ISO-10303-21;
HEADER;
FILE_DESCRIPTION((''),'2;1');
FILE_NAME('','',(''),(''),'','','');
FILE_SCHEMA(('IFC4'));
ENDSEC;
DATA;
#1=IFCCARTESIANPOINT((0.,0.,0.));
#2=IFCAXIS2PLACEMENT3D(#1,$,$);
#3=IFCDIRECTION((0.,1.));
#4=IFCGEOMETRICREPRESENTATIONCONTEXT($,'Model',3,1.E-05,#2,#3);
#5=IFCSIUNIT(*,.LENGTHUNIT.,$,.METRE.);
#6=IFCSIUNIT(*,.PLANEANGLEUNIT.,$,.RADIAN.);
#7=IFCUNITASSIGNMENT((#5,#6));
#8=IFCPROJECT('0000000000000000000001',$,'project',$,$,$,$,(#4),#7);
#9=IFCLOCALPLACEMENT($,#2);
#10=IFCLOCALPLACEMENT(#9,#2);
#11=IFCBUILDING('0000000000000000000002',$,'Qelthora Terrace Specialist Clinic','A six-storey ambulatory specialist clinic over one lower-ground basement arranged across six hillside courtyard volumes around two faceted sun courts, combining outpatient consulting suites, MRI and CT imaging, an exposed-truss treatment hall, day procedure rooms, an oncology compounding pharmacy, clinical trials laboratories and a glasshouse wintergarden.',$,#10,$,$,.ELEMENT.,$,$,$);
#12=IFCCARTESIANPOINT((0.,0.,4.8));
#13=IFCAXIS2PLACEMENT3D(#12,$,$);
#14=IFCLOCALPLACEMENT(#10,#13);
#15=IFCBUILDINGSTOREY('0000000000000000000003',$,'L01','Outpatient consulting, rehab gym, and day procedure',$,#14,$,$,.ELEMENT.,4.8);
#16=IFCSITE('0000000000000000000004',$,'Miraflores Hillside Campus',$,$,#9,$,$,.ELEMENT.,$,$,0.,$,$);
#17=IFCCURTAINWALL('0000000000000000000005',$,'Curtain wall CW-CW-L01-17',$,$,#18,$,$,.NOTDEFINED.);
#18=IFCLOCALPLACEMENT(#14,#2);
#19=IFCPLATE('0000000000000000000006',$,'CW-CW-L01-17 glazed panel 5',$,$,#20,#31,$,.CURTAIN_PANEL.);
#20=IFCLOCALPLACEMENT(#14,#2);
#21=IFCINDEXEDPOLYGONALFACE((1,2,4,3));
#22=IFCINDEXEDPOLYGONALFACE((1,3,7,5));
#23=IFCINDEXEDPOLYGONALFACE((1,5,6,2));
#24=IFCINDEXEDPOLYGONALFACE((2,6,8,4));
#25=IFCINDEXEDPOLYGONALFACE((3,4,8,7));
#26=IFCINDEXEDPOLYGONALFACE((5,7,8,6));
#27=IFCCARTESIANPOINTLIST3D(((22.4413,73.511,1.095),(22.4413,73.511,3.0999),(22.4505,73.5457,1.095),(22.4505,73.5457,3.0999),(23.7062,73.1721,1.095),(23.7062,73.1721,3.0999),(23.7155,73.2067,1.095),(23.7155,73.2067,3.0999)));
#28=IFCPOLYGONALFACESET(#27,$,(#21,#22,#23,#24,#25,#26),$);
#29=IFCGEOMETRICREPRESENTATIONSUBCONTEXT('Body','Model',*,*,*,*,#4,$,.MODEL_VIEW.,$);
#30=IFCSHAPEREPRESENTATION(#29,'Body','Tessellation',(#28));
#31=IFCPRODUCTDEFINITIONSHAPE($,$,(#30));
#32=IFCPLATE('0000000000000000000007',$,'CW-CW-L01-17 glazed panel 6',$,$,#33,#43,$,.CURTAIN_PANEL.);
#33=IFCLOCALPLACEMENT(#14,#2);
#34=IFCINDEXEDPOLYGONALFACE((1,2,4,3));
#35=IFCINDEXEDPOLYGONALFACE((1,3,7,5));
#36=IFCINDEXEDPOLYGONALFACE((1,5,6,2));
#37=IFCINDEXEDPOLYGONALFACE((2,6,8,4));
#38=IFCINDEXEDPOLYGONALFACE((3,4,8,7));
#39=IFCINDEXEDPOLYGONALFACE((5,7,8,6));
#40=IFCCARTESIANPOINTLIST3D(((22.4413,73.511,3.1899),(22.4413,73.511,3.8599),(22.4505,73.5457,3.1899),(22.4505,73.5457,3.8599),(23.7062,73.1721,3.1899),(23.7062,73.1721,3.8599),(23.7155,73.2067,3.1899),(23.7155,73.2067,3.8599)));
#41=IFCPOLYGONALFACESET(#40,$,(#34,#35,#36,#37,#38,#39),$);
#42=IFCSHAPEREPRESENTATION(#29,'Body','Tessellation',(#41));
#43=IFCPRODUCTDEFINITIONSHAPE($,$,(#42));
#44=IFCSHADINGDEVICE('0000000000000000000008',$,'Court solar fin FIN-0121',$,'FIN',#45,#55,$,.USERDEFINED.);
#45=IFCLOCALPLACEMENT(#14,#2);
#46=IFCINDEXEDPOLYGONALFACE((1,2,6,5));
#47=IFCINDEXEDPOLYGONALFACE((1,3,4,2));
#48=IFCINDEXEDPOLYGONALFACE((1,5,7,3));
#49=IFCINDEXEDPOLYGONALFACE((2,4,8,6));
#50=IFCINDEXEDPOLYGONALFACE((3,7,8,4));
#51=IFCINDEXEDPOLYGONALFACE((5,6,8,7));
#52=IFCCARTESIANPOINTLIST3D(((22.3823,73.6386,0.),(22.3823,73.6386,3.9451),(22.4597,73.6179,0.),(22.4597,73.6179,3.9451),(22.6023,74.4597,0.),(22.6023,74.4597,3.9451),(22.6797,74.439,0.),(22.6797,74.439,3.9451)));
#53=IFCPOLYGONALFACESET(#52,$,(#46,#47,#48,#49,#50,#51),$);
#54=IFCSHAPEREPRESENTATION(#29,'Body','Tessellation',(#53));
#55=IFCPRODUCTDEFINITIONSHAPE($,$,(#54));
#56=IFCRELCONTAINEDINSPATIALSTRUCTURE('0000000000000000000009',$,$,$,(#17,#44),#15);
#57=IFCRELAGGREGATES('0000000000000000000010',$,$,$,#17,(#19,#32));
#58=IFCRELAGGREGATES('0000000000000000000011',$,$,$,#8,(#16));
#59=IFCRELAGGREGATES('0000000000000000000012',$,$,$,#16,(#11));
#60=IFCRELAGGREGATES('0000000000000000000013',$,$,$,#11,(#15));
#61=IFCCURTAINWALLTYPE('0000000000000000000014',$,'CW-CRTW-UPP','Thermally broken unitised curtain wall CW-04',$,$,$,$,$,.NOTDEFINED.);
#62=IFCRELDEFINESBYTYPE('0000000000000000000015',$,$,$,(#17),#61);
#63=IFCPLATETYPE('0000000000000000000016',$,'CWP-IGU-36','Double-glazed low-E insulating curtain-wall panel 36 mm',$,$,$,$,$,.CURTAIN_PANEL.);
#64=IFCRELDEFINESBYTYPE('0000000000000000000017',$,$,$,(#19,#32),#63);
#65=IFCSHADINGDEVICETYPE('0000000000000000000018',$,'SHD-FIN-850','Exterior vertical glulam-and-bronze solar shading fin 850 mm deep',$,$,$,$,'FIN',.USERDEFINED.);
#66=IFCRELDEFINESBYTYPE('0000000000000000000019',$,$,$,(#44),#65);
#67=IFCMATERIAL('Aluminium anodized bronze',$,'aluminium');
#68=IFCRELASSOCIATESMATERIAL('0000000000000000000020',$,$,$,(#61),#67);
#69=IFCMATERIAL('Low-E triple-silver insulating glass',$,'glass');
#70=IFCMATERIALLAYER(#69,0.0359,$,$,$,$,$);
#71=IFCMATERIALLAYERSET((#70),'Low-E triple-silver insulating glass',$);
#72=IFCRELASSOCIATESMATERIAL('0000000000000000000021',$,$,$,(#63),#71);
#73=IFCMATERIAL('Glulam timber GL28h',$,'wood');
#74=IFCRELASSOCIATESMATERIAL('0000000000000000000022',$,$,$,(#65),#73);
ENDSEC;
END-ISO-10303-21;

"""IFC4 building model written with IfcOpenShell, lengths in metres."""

from ifc_helpers import new_model, si_unit, direction, frame, origin, origin_2d, place, context, subcontext, project, spatial, rectangle, extrude, material, layer, layer_set, type_object, element, aggregate, save


model = new_model("IFC4")

# Units and contexts
model_context = context("Model", 3, precision=1e-05, world=origin(), true_north=direction((0.0, 1.0)))
body_context = subcontext(model_context, "Body", "Model", "MODEL_VIEW")
ifc_project = project(units=[si_unit("LENGTHUNIT", "METRE"), si_unit("PLANEANGLEUNIT", "RADIAN")], contexts=[model_context])

# Site, building, storey
site_placement = place(None, origin())
site = spatial("IfcSite", under=ifc_project, at=site_placement, Name="Miraflores Hillside Campus", CompositionType="ELEMENT", RefElevation=0.0)
building_placement = place(site_placement, origin())
building = spatial("IfcBuilding", under=site, at=building_placement, Name="Qelthora Terrace Specialist Clinic", Description="A six-storey ambulatory specialist clinic over one lower-ground basement arranged across six hillside courtyard volumes around two faceted sun courts, combining outpatient consulting suites, MRI and CT imaging, an exposed-truss treatment hall, day procedure rooms, an oncology compounding pharmacy, clinical trials laboratories and a glasshouse wintergarden.", CompositionType="ELEMENT")
storey_placement = place(building_placement, frame((0.0, 0.0, 4.8)))
storey = spatial("IfcBuildingStorey", under=building, at=storey_placement, Name="L01", Description="Outpatient consulting, rehab gym, and day procedure", CompositionType="ELEMENT", Elevation=4.8)

# Curtain wall
ifc_material_1 = material(Name="Aluminium anodized bronze", Category="aluminium")
curtain_wall_type = type_object("IfcCurtainWallType", Name="CW-CRTW-UPP", Description="Thermally broken unitised curtain wall CW-04", PredefinedType="NOTDEFINED", material=ifc_material_1)
curtain_wall_1_placement = place(storey_placement, origin())
curtain_wall_1 = element("IfcCurtainWall", 1, at=curtain_wall_1_placement, inside=storey, type_object=curtain_wall_type, Name="Curtain wall CW-CW-L01-17", PredefinedType="NOTDEFINED")

# Plates
ifc_material_2 = material(Name="Low-E triple-silver insulating glass", Category="glass")
ifc_layer = layer(ifc_material_2, 0.0359)
ifc_layer_set = layer_set([ifc_layer], Name="Low-E triple-silver insulating glass")
plate_type = type_object("IfcPlateType", Name="CWP-IGU-36", Description="Double-glazed low-E insulating curtain-wall panel 36 mm", PredefinedType="CURTAIN_PANEL", material=ifc_layer_set)
plate_1_placement = place(storey_placement, frame((23.0784, 73.3589, 1.095), z_axis=(0.0, 0.0, 1.0), x_axis=(0.965925, -0.258821, 0.0)))
plate_1 = element("IfcPlate", 2, at=plate_1_placement, type_object=plate_type, Name="CW-CW-L01-17 glazed panel 5", PredefinedType="CURTAIN_PANEL", context=body_context, shape_type="SweptSolid", body=[
    extrude(rectangle(XDim=1.3096, YDim=0.0359, at=origin_2d()), origin(), (0.0, 0.0, 1.0), 2.0049),
])
plate_2_placement = place(storey_placement, frame((23.0784, 73.3589, 3.1899), z_axis=(0.0, 0.0, 1.0), x_axis=(0.965925, -0.258821, 0.0)))
plate_2 = element("IfcPlate", 3, at=plate_2_placement, type_object=plate_type, Name="CW-CW-L01-17 glazed panel 6", PredefinedType="CURTAIN_PANEL", context=body_context, shape_type="SweptSolid", body=[
    extrude(rectangle(XDim=1.3096, YDim=0.0359, at=origin_2d()), origin(), (0.0, 0.0, 1.0), 0.6699),
])
aggregate(curtain_wall_1, [plate_1, plate_2])

# Shading device
ifc_material_3 = material(Name="Glulam timber GL28h", Category="wood")
shading_device_type = type_object("IfcShadingDeviceType", Name="SHD-FIN-850", Description="Exterior vertical glulam-and-bronze solar shading fin 850 mm deep", ElementType="FIN", PredefinedType="USERDEFINED", material=ifc_material_3)
shading_device_placement = place(storey_placement, frame((22.531, 74.0388, 0.0), z_axis=(0.0, 0.0, 1.0), x_axis=(0.258819, 0.965926, 0.0)))
element("IfcShadingDevice", 4, at=shading_device_placement, inside=storey, type_object=shading_device_type, Name="Court solar fin FIN-0121", ObjectType="FIN", PredefinedType="USERDEFINED", context=body_context, shape_type="SweptSolid", body=[
    extrude(rectangle(XDim=0.8501, YDim=0.0801, at=origin_2d()), origin(), (0.0, 0.0, 1.0), 3.9451),
])

save(model, "model.ifc")
